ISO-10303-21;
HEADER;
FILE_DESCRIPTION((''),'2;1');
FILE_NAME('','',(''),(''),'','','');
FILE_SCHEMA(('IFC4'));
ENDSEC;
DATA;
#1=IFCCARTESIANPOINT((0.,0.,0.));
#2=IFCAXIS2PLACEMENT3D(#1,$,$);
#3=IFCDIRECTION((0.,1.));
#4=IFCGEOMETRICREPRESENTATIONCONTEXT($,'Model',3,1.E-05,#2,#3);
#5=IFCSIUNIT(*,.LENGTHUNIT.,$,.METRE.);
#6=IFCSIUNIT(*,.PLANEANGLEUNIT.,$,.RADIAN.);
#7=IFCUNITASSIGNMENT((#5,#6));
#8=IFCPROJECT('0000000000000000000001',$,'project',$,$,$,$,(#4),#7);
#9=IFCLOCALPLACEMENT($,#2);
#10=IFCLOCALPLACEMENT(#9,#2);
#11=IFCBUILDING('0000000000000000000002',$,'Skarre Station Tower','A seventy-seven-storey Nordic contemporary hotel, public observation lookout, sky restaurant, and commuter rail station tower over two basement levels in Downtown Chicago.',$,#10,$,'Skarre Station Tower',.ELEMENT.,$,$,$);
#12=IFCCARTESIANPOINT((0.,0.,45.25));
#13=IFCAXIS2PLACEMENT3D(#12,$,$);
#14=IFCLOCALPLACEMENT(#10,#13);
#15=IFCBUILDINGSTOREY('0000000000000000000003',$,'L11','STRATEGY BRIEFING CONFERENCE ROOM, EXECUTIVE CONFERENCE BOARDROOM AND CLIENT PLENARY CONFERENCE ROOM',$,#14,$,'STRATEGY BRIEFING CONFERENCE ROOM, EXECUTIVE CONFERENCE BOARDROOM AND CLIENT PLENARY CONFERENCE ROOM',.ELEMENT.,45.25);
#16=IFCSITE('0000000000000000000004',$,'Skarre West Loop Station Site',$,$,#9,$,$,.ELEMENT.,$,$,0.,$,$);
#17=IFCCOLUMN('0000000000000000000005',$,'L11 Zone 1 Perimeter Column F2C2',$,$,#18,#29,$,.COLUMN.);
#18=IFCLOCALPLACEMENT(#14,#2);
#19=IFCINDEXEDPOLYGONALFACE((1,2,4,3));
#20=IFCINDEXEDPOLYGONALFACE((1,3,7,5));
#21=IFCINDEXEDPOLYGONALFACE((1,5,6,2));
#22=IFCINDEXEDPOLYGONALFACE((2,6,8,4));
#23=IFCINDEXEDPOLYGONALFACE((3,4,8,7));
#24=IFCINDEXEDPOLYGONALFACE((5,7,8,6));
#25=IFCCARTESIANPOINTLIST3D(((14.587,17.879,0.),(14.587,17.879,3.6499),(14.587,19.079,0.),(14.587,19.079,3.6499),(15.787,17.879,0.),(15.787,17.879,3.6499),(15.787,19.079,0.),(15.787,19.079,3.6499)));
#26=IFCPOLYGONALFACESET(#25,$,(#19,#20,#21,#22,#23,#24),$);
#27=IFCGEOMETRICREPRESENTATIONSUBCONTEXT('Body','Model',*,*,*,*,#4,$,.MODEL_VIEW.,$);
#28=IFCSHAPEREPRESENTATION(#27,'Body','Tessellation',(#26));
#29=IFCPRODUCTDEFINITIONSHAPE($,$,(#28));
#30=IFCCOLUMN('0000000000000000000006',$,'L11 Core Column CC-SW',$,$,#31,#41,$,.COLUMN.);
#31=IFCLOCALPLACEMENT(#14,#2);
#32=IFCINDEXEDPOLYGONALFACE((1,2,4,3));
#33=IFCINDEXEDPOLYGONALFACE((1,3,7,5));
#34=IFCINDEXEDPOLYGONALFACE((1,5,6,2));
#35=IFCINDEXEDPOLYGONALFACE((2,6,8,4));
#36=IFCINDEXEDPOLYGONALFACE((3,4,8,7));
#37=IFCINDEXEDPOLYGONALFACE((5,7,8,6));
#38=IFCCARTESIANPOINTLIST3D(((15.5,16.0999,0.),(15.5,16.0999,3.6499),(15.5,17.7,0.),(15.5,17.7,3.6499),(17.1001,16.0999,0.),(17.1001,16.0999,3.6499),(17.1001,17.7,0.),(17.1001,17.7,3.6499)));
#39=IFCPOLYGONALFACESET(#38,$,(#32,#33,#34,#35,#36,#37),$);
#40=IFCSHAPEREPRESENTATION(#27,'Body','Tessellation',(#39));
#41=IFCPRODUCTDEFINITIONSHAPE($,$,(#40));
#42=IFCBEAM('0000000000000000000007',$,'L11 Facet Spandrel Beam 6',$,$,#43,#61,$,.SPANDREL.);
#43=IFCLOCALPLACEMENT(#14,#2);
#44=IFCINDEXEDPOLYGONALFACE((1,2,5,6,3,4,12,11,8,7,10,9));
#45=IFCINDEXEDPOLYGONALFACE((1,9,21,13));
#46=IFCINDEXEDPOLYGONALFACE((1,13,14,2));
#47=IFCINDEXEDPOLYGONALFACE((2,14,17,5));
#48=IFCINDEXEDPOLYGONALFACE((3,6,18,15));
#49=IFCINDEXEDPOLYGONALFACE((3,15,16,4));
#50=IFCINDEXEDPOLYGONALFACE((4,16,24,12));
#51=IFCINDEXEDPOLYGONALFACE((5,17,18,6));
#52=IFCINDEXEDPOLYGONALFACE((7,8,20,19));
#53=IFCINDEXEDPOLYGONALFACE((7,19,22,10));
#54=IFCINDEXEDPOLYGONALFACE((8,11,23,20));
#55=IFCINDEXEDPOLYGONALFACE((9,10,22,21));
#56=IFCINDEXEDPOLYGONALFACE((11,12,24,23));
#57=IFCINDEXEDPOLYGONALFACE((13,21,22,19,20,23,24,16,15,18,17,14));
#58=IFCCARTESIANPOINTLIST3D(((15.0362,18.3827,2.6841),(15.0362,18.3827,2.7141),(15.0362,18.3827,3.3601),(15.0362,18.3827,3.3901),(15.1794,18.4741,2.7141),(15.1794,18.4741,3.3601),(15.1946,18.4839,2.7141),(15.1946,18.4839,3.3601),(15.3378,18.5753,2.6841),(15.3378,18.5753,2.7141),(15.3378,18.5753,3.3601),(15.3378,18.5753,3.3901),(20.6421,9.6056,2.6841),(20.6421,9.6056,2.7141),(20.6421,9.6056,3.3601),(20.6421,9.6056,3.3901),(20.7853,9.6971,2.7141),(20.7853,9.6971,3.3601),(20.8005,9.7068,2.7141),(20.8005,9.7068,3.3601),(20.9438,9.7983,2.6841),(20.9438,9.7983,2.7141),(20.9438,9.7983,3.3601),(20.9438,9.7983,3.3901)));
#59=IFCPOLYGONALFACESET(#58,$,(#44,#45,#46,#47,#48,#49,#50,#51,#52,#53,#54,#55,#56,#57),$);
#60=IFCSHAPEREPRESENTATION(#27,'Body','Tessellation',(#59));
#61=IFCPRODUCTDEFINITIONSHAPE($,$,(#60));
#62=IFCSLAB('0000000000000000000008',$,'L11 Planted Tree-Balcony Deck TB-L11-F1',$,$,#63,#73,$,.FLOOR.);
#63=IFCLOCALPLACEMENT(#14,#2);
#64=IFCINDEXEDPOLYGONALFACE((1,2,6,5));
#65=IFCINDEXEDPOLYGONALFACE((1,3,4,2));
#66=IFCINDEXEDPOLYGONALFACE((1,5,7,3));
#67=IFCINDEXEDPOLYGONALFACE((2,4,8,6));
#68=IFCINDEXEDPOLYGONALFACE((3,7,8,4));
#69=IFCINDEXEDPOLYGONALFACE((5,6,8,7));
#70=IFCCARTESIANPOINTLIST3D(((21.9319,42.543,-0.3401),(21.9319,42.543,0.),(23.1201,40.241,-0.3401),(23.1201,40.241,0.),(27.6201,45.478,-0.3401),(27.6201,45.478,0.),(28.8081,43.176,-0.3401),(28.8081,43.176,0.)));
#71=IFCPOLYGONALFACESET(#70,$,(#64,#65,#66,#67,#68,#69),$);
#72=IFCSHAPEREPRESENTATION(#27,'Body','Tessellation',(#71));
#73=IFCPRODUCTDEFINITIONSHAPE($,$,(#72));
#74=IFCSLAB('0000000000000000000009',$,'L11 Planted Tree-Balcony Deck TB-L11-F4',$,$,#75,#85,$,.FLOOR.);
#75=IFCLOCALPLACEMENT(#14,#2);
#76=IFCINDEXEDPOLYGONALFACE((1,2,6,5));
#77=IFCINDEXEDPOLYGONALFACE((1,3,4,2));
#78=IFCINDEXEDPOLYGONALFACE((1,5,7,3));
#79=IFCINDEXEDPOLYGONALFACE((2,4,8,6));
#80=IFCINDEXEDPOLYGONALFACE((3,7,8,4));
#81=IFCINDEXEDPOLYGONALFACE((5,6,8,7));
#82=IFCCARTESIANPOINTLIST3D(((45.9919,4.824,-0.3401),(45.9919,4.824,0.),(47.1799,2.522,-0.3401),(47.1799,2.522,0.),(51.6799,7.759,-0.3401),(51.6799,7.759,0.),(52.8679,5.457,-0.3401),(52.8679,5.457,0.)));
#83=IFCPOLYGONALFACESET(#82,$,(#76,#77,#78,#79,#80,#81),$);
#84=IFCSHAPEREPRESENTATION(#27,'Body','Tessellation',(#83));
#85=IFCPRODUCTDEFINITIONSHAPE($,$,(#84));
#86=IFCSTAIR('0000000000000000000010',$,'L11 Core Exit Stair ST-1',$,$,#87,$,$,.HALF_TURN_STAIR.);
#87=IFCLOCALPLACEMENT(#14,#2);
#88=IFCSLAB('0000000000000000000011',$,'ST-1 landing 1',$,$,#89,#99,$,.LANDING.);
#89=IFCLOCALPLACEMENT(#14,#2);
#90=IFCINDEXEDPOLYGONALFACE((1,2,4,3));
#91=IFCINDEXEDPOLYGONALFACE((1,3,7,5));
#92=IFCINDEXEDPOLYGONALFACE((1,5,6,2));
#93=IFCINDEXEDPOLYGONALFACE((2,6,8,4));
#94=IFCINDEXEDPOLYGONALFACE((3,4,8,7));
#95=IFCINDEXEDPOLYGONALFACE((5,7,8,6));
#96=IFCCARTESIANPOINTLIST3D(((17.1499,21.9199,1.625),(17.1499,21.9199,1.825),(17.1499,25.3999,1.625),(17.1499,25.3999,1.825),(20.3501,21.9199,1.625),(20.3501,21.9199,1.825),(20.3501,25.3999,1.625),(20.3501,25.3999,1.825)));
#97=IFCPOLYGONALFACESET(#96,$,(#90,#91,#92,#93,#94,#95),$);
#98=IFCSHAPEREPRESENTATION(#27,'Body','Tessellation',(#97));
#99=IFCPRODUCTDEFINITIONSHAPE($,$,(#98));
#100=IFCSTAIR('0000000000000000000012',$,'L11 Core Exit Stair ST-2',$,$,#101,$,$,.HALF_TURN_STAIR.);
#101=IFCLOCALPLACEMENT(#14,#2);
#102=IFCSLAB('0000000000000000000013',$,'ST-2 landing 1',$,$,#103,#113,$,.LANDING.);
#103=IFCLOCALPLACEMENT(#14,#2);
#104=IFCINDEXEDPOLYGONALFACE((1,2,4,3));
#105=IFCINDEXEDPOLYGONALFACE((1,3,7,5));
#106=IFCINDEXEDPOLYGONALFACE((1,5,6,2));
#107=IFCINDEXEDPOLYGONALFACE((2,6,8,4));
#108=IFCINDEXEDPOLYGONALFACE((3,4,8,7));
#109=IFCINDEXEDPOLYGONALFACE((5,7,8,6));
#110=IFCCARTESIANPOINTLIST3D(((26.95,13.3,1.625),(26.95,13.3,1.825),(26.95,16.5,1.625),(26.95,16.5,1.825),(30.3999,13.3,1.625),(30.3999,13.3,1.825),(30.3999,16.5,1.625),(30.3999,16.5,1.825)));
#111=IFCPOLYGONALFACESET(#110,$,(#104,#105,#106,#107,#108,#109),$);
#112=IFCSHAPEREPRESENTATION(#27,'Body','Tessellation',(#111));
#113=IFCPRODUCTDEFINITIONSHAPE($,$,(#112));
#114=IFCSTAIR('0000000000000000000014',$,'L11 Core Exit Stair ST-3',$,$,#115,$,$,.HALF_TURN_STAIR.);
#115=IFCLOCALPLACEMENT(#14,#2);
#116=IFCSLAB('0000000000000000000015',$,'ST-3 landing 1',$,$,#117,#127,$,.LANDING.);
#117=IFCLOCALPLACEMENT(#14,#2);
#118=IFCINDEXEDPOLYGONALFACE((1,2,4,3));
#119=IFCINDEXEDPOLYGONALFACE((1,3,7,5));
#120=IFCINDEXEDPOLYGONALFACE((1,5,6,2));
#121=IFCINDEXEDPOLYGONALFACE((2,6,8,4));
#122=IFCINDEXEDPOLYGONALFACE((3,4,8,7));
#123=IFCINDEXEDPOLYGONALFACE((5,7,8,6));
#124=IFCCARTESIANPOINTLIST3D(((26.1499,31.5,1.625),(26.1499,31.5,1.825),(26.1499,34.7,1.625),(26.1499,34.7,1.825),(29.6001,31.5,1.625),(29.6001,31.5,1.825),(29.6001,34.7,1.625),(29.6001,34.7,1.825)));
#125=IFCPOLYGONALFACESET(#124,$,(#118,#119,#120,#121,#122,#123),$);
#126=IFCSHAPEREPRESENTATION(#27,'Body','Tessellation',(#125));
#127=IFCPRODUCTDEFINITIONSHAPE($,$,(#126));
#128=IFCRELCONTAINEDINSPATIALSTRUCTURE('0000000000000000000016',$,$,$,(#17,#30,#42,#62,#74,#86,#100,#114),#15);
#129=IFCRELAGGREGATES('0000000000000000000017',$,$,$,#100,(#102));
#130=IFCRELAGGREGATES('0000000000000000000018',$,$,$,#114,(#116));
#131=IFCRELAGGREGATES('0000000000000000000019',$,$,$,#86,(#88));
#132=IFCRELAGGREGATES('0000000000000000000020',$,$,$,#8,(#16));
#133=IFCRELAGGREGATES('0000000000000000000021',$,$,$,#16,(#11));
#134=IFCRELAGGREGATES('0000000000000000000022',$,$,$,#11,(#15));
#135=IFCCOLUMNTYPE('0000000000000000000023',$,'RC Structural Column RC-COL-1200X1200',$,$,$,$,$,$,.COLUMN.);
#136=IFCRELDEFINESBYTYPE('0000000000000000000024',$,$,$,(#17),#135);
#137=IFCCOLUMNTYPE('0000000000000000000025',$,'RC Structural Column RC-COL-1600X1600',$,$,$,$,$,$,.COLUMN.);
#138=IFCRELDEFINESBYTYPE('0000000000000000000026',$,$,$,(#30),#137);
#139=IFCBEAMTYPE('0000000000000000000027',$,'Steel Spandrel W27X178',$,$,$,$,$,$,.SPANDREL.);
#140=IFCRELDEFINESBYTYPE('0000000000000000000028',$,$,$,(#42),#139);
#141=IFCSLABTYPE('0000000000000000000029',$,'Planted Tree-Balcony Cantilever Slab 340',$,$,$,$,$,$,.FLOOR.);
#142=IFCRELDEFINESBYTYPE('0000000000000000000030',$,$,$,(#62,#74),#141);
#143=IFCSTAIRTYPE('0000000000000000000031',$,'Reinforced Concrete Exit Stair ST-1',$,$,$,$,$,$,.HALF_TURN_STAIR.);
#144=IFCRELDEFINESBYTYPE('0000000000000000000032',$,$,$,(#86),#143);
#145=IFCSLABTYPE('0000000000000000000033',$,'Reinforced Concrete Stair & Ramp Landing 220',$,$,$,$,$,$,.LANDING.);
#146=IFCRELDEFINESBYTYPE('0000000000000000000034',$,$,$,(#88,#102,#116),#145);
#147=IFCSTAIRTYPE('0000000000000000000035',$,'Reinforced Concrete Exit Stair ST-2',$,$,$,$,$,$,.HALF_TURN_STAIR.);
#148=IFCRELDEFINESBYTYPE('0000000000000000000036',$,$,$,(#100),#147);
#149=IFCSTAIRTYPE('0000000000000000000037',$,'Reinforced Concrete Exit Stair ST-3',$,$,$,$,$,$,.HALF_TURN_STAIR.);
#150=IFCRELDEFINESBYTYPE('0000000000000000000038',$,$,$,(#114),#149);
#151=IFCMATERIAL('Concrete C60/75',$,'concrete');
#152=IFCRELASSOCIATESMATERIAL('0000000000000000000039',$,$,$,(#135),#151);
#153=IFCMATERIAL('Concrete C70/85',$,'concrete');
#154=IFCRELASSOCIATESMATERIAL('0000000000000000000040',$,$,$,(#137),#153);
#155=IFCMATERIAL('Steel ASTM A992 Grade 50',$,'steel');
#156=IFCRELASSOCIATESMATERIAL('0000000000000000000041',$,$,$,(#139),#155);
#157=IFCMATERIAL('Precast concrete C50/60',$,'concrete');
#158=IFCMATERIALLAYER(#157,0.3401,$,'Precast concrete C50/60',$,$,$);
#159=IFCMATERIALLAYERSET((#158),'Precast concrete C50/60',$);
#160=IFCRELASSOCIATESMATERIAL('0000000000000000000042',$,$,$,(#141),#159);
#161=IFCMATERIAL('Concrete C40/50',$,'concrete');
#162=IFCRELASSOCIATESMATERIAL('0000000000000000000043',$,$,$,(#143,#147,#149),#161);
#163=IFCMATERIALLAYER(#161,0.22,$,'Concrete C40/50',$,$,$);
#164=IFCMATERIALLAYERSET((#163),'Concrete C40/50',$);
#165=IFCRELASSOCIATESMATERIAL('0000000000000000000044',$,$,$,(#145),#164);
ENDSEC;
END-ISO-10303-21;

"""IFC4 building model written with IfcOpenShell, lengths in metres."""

from ifc_helpers import new_model, si_unit, direction, frame, origin, origin_2d, place, context, subcontext, project, spatial, polyline, rectangle, i_section, outline, extrude, material, layer, layer_set, material_profile, profile_set, type_object, element, aggregate, save


model = new_model("IFC4")

# Units and contexts
model_context = context("Model", 3, precision=1e-05, world=origin(), true_north=direction((0.0, 1.0)))
body_context = subcontext(model_context, "Body", "Model", "MODEL_VIEW")
ifc_project = project(units=[si_unit("LENGTHUNIT", "METRE"), si_unit("PLANEANGLEUNIT", "RADIAN")], contexts=[model_context])

# Site, building, storey
site_placement = place(None, origin())
site = spatial("IfcSite", under=ifc_project, at=site_placement, Name="Skarre West Loop Station Site", CompositionType="ELEMENT", RefElevation=0.0)
building_placement = place(site_placement, origin())
building = spatial("IfcBuilding", under=site, at=building_placement, Name="Skarre Station Tower", Description="A seventy-seven-storey Nordic contemporary hotel, public observation lookout, sky restaurant, and commuter rail station tower over two basement levels in Downtown Chicago.", LongName="Skarre Station Tower", CompositionType="ELEMENT")
storey_placement = place(building_placement, frame((0.0, 0.0, 45.25)))
storey = spatial("IfcBuildingStorey", under=building, at=storey_placement, Name="L11", Description="STRATEGY BRIEFING CONFERENCE ROOM, EXECUTIVE CONFERENCE BOARDROOM AND CLIENT PLENARY CONFERENCE ROOM", LongName="STRATEGY BRIEFING CONFERENCE ROOM, EXECUTIVE CONFERENCE BOARDROOM AND CLIENT PLENARY CONFERENCE ROOM", CompositionType="ELEMENT", Elevation=45.25)

# Columns
ifc_material_1 = material(Name="Concrete C60/75", Category="concrete")
ifc_material_profile_1 = material_profile(ifc_material_1, rectangle(XDim=1.2, YDim=1.2, at=origin_2d()), Name="Concrete C60/75")
ifc_profile_set_1 = profile_set([ifc_material_profile_1], Name="Concrete C60/75")
column_type_1 = type_object("IfcColumnType", Name="RC Structural Column RC-COL-1200X1200", PredefinedType="COLUMN", material=ifc_profile_set_1)
column_1_placement = place(storey_placement, frame((15.187, 18.479, 0.0), z_axis=(0.0, 0.0, 1.0), x_axis=(1.0, 0.0, 0.0)))
element("IfcColumn", 1, at=column_1_placement, inside=storey, type_object=column_type_1, Name="L11 Zone 1 Perimeter Column F2C2", PredefinedType="COLUMN", context=body_context, shape_type="SweptSolid", body=[
    extrude(rectangle(XDim=1.2, YDim=1.2, at=origin_2d()), origin(), (0.0, 0.0, 1.0), 3.6499),
])
ifc_material_2 = material(Name="Concrete C70/85", Category="concrete")
ifc_material_profile_2 = material_profile(ifc_material_2, rectangle(XDim=1.6001, YDim=1.6001, at=origin_2d()), Name="Concrete C70/85")
ifc_profile_set_2 = profile_set([ifc_material_profile_2], Name="Concrete C70/85")
column_type_2 = type_object("IfcColumnType", Name="RC Structural Column RC-COL-1600X1600", PredefinedType="COLUMN", material=ifc_profile_set_2)
column_2_placement = place(storey_placement, frame((16.3, 16.8999, 0.0), z_axis=(0.0, 0.0, 1.0), x_axis=(1.0, 0.0, 0.0)))
element("IfcColumn", 2, at=column_2_placement, inside=storey, type_object=column_type_2, Name="L11 Core Column CC-SW", PredefinedType="COLUMN", context=body_context, shape_type="SweptSolid", body=[
    extrude(rectangle(XDim=1.6001, YDim=1.6001, at=origin_2d()), origin(), (0.0, 0.0, 1.0), 3.6499),
])

# Beam
ifc_material_3 = material(Name="Steel ASTM A992 Grade 50", Category="steel")
ifc_material_profile_3 = material_profile(ifc_material_3, i_section(OverallWidth=0.3579, OverallDepth=0.7061, WebThickness=0.0181, FlangeThickness=0.03, at=origin_2d()), Name="Steel ASTM A992 Grade 50")
ifc_profile_set_3 = profile_set([ifc_material_profile_3], Name="Steel ASTM A992 Grade 50")
beam_type = type_object("IfcBeamType", Name="Steel Spandrel W27X178", PredefinedType="SPANDREL", material=ifc_profile_set_3)
beam_placement = place(storey_placement, frame((15.187, 18.479, 3.0371), z_axis=(0.538278, -0.842767, 0.0), x_axis=(0.842767, 0.538278, 0.0)))
element("IfcBeam", 3, at=beam_placement, inside=storey, type_object=beam_type, Name="L11 Facet Spandrel Beam 6", PredefinedType="SPANDREL", context=body_context, shape_type="SweptSolid", body=[
    extrude(i_section(OverallWidth=0.3579, OverallDepth=0.7061, WebThickness=0.0181, FlangeThickness=0.03, at=origin_2d()), origin(), (0.0, 0.0, 1.0), 10.4146),
])

# Slabs
ifc_material_4 = material(Name="Precast concrete C50/60", Category="concrete")
ifc_layer_1 = layer(ifc_material_4, 0.3401, Name="Precast concrete C50/60")
ifc_layer_set_1 = layer_set([ifc_layer_1], Name="Precast concrete C50/60")
slab_type_1 = type_object("IfcSlabType", Name="Planted Tree-Balcony Cantilever Slab 340", PredefinedType="FLOOR", material=ifc_layer_set_1)
slab_1_placement = place(storey_placement, frame((0.0, 0.0, -0.3401)))
element("IfcSlab", 4, at=slab_1_placement, inside=storey, type_object=slab_type_1, Name="L11 Planted Tree-Balcony Deck TB-L11-F1", PredefinedType="FLOOR", context=body_context, shape_type="SweptSolid", body=[
    extrude(outline(polyline([(28.8081, 43.176), (23.1201, 40.241), (21.9319, 42.543), (27.6201, 45.478), (28.8081, 43.176)])), origin(), (0.0, 0.0, 1.0), 0.3401),
])
slab_2_placement = place(storey_placement, frame((0.0, 0.0, -0.3401)))
element("IfcSlab", 5, at=slab_2_placement, inside=storey, type_object=slab_type_1, Name="L11 Planted Tree-Balcony Deck TB-L11-F4", PredefinedType="FLOOR", context=body_context, shape_type="SweptSolid", body=[
    extrude(outline(polyline([(45.9919, 4.824), (51.6799, 7.759), (52.8679, 5.457), (47.1799, 2.522), (45.9919, 4.824)])), origin(), (0.0, 0.0, 1.0), 0.3401),
])

# Stairs, slabs
ifc_material_5 = material(Name="Concrete C40/50", Category="concrete")
stair_type_1 = type_object("IfcStairType", Name="Reinforced Concrete Exit Stair ST-1", PredefinedType="HALF_TURN_STAIR", material=ifc_material_5)
stair_1_placement = place(storey_placement, origin())
stair_1 = element("IfcStair", 6, at=stair_1_placement, inside=storey, type_object=stair_type_1, Name="L11 Core Exit Stair ST-1", PredefinedType="HALF_TURN_STAIR")
ifc_layer_2 = layer(ifc_material_5, 0.22, Name="Concrete C40/50")
ifc_layer_set_2 = layer_set([ifc_layer_2], Name="Concrete C40/50")
slab_type_2 = type_object("IfcSlabType", Name="Reinforced Concrete Stair & Ramp Landing 220", PredefinedType="LANDING", material=ifc_layer_set_2)
slab_3_placement = place(storey_placement, frame((0.0, 0.0, 1.625)))
slab_3 = element("IfcSlab", 7, at=slab_3_placement, type_object=slab_type_2, Name="ST-1 landing 1", PredefinedType="LANDING", context=body_context, shape_type="SweptSolid", body=[
    extrude(outline(polyline([(20.3501, 21.9199), (20.3501, 25.3999), (17.1499, 25.3999), (17.1499, 21.9199), (20.3501, 21.9199)])), origin(), (0.0, 0.0, 1.0), 0.2),
])
stair_type_2 = type_object("IfcStairType", Name="Reinforced Concrete Exit Stair ST-2", PredefinedType="HALF_TURN_STAIR", material=ifc_material_5)
stair_2_placement = place(storey_placement, origin())
stair_2 = element("IfcStair", 8, at=stair_2_placement, inside=storey, type_object=stair_type_2, Name="L11 Core Exit Stair ST-2", PredefinedType="HALF_TURN_STAIR")
slab_4_placement = place(storey_placement, frame((0.0, 0.0, 1.625)))
slab_4 = element("IfcSlab", 9, at=slab_4_placement, type_object=slab_type_2, Name="ST-2 landing 1", PredefinedType="LANDING", context=body_context, shape_type="SweptSolid", body=[
    extrude(outline(polyline([(26.95, 13.3), (30.3999, 13.3), (30.3999, 16.5), (26.95, 16.5), (26.95, 13.3)])), origin(), (0.0, 0.0, 1.0), 0.2),
])
aggregate(stair_2, [slab_4])
stair_type_3 = type_object("IfcStairType", Name="Reinforced Concrete Exit Stair ST-3", PredefinedType="HALF_TURN_STAIR", material=ifc_material_5)
stair_3_placement = place(storey_placement, origin())
stair_3 = element("IfcStair", 10, at=stair_3_placement, inside=storey, type_object=stair_type_3, Name="L11 Core Exit Stair ST-3", PredefinedType="HALF_TURN_STAIR")
slab_5_placement = place(storey_placement, frame((0.0, 0.0, 1.625)))
slab_5 = element("IfcSlab", 11, at=slab_5_placement, type_object=slab_type_2, Name="ST-3 landing 1", PredefinedType="LANDING", context=body_context, shape_type="SweptSolid", body=[
    extrude(outline(polyline([(26.1499, 31.5), (29.6001, 31.5), (29.6001, 34.7), (26.1499, 34.7), (26.1499, 31.5)])), origin(), (0.0, 0.0, 1.0), 0.2),
])
aggregate(stair_3, [slab_5])

aggregate(stair_1, [slab_3])

save(model, "model.ifc")
